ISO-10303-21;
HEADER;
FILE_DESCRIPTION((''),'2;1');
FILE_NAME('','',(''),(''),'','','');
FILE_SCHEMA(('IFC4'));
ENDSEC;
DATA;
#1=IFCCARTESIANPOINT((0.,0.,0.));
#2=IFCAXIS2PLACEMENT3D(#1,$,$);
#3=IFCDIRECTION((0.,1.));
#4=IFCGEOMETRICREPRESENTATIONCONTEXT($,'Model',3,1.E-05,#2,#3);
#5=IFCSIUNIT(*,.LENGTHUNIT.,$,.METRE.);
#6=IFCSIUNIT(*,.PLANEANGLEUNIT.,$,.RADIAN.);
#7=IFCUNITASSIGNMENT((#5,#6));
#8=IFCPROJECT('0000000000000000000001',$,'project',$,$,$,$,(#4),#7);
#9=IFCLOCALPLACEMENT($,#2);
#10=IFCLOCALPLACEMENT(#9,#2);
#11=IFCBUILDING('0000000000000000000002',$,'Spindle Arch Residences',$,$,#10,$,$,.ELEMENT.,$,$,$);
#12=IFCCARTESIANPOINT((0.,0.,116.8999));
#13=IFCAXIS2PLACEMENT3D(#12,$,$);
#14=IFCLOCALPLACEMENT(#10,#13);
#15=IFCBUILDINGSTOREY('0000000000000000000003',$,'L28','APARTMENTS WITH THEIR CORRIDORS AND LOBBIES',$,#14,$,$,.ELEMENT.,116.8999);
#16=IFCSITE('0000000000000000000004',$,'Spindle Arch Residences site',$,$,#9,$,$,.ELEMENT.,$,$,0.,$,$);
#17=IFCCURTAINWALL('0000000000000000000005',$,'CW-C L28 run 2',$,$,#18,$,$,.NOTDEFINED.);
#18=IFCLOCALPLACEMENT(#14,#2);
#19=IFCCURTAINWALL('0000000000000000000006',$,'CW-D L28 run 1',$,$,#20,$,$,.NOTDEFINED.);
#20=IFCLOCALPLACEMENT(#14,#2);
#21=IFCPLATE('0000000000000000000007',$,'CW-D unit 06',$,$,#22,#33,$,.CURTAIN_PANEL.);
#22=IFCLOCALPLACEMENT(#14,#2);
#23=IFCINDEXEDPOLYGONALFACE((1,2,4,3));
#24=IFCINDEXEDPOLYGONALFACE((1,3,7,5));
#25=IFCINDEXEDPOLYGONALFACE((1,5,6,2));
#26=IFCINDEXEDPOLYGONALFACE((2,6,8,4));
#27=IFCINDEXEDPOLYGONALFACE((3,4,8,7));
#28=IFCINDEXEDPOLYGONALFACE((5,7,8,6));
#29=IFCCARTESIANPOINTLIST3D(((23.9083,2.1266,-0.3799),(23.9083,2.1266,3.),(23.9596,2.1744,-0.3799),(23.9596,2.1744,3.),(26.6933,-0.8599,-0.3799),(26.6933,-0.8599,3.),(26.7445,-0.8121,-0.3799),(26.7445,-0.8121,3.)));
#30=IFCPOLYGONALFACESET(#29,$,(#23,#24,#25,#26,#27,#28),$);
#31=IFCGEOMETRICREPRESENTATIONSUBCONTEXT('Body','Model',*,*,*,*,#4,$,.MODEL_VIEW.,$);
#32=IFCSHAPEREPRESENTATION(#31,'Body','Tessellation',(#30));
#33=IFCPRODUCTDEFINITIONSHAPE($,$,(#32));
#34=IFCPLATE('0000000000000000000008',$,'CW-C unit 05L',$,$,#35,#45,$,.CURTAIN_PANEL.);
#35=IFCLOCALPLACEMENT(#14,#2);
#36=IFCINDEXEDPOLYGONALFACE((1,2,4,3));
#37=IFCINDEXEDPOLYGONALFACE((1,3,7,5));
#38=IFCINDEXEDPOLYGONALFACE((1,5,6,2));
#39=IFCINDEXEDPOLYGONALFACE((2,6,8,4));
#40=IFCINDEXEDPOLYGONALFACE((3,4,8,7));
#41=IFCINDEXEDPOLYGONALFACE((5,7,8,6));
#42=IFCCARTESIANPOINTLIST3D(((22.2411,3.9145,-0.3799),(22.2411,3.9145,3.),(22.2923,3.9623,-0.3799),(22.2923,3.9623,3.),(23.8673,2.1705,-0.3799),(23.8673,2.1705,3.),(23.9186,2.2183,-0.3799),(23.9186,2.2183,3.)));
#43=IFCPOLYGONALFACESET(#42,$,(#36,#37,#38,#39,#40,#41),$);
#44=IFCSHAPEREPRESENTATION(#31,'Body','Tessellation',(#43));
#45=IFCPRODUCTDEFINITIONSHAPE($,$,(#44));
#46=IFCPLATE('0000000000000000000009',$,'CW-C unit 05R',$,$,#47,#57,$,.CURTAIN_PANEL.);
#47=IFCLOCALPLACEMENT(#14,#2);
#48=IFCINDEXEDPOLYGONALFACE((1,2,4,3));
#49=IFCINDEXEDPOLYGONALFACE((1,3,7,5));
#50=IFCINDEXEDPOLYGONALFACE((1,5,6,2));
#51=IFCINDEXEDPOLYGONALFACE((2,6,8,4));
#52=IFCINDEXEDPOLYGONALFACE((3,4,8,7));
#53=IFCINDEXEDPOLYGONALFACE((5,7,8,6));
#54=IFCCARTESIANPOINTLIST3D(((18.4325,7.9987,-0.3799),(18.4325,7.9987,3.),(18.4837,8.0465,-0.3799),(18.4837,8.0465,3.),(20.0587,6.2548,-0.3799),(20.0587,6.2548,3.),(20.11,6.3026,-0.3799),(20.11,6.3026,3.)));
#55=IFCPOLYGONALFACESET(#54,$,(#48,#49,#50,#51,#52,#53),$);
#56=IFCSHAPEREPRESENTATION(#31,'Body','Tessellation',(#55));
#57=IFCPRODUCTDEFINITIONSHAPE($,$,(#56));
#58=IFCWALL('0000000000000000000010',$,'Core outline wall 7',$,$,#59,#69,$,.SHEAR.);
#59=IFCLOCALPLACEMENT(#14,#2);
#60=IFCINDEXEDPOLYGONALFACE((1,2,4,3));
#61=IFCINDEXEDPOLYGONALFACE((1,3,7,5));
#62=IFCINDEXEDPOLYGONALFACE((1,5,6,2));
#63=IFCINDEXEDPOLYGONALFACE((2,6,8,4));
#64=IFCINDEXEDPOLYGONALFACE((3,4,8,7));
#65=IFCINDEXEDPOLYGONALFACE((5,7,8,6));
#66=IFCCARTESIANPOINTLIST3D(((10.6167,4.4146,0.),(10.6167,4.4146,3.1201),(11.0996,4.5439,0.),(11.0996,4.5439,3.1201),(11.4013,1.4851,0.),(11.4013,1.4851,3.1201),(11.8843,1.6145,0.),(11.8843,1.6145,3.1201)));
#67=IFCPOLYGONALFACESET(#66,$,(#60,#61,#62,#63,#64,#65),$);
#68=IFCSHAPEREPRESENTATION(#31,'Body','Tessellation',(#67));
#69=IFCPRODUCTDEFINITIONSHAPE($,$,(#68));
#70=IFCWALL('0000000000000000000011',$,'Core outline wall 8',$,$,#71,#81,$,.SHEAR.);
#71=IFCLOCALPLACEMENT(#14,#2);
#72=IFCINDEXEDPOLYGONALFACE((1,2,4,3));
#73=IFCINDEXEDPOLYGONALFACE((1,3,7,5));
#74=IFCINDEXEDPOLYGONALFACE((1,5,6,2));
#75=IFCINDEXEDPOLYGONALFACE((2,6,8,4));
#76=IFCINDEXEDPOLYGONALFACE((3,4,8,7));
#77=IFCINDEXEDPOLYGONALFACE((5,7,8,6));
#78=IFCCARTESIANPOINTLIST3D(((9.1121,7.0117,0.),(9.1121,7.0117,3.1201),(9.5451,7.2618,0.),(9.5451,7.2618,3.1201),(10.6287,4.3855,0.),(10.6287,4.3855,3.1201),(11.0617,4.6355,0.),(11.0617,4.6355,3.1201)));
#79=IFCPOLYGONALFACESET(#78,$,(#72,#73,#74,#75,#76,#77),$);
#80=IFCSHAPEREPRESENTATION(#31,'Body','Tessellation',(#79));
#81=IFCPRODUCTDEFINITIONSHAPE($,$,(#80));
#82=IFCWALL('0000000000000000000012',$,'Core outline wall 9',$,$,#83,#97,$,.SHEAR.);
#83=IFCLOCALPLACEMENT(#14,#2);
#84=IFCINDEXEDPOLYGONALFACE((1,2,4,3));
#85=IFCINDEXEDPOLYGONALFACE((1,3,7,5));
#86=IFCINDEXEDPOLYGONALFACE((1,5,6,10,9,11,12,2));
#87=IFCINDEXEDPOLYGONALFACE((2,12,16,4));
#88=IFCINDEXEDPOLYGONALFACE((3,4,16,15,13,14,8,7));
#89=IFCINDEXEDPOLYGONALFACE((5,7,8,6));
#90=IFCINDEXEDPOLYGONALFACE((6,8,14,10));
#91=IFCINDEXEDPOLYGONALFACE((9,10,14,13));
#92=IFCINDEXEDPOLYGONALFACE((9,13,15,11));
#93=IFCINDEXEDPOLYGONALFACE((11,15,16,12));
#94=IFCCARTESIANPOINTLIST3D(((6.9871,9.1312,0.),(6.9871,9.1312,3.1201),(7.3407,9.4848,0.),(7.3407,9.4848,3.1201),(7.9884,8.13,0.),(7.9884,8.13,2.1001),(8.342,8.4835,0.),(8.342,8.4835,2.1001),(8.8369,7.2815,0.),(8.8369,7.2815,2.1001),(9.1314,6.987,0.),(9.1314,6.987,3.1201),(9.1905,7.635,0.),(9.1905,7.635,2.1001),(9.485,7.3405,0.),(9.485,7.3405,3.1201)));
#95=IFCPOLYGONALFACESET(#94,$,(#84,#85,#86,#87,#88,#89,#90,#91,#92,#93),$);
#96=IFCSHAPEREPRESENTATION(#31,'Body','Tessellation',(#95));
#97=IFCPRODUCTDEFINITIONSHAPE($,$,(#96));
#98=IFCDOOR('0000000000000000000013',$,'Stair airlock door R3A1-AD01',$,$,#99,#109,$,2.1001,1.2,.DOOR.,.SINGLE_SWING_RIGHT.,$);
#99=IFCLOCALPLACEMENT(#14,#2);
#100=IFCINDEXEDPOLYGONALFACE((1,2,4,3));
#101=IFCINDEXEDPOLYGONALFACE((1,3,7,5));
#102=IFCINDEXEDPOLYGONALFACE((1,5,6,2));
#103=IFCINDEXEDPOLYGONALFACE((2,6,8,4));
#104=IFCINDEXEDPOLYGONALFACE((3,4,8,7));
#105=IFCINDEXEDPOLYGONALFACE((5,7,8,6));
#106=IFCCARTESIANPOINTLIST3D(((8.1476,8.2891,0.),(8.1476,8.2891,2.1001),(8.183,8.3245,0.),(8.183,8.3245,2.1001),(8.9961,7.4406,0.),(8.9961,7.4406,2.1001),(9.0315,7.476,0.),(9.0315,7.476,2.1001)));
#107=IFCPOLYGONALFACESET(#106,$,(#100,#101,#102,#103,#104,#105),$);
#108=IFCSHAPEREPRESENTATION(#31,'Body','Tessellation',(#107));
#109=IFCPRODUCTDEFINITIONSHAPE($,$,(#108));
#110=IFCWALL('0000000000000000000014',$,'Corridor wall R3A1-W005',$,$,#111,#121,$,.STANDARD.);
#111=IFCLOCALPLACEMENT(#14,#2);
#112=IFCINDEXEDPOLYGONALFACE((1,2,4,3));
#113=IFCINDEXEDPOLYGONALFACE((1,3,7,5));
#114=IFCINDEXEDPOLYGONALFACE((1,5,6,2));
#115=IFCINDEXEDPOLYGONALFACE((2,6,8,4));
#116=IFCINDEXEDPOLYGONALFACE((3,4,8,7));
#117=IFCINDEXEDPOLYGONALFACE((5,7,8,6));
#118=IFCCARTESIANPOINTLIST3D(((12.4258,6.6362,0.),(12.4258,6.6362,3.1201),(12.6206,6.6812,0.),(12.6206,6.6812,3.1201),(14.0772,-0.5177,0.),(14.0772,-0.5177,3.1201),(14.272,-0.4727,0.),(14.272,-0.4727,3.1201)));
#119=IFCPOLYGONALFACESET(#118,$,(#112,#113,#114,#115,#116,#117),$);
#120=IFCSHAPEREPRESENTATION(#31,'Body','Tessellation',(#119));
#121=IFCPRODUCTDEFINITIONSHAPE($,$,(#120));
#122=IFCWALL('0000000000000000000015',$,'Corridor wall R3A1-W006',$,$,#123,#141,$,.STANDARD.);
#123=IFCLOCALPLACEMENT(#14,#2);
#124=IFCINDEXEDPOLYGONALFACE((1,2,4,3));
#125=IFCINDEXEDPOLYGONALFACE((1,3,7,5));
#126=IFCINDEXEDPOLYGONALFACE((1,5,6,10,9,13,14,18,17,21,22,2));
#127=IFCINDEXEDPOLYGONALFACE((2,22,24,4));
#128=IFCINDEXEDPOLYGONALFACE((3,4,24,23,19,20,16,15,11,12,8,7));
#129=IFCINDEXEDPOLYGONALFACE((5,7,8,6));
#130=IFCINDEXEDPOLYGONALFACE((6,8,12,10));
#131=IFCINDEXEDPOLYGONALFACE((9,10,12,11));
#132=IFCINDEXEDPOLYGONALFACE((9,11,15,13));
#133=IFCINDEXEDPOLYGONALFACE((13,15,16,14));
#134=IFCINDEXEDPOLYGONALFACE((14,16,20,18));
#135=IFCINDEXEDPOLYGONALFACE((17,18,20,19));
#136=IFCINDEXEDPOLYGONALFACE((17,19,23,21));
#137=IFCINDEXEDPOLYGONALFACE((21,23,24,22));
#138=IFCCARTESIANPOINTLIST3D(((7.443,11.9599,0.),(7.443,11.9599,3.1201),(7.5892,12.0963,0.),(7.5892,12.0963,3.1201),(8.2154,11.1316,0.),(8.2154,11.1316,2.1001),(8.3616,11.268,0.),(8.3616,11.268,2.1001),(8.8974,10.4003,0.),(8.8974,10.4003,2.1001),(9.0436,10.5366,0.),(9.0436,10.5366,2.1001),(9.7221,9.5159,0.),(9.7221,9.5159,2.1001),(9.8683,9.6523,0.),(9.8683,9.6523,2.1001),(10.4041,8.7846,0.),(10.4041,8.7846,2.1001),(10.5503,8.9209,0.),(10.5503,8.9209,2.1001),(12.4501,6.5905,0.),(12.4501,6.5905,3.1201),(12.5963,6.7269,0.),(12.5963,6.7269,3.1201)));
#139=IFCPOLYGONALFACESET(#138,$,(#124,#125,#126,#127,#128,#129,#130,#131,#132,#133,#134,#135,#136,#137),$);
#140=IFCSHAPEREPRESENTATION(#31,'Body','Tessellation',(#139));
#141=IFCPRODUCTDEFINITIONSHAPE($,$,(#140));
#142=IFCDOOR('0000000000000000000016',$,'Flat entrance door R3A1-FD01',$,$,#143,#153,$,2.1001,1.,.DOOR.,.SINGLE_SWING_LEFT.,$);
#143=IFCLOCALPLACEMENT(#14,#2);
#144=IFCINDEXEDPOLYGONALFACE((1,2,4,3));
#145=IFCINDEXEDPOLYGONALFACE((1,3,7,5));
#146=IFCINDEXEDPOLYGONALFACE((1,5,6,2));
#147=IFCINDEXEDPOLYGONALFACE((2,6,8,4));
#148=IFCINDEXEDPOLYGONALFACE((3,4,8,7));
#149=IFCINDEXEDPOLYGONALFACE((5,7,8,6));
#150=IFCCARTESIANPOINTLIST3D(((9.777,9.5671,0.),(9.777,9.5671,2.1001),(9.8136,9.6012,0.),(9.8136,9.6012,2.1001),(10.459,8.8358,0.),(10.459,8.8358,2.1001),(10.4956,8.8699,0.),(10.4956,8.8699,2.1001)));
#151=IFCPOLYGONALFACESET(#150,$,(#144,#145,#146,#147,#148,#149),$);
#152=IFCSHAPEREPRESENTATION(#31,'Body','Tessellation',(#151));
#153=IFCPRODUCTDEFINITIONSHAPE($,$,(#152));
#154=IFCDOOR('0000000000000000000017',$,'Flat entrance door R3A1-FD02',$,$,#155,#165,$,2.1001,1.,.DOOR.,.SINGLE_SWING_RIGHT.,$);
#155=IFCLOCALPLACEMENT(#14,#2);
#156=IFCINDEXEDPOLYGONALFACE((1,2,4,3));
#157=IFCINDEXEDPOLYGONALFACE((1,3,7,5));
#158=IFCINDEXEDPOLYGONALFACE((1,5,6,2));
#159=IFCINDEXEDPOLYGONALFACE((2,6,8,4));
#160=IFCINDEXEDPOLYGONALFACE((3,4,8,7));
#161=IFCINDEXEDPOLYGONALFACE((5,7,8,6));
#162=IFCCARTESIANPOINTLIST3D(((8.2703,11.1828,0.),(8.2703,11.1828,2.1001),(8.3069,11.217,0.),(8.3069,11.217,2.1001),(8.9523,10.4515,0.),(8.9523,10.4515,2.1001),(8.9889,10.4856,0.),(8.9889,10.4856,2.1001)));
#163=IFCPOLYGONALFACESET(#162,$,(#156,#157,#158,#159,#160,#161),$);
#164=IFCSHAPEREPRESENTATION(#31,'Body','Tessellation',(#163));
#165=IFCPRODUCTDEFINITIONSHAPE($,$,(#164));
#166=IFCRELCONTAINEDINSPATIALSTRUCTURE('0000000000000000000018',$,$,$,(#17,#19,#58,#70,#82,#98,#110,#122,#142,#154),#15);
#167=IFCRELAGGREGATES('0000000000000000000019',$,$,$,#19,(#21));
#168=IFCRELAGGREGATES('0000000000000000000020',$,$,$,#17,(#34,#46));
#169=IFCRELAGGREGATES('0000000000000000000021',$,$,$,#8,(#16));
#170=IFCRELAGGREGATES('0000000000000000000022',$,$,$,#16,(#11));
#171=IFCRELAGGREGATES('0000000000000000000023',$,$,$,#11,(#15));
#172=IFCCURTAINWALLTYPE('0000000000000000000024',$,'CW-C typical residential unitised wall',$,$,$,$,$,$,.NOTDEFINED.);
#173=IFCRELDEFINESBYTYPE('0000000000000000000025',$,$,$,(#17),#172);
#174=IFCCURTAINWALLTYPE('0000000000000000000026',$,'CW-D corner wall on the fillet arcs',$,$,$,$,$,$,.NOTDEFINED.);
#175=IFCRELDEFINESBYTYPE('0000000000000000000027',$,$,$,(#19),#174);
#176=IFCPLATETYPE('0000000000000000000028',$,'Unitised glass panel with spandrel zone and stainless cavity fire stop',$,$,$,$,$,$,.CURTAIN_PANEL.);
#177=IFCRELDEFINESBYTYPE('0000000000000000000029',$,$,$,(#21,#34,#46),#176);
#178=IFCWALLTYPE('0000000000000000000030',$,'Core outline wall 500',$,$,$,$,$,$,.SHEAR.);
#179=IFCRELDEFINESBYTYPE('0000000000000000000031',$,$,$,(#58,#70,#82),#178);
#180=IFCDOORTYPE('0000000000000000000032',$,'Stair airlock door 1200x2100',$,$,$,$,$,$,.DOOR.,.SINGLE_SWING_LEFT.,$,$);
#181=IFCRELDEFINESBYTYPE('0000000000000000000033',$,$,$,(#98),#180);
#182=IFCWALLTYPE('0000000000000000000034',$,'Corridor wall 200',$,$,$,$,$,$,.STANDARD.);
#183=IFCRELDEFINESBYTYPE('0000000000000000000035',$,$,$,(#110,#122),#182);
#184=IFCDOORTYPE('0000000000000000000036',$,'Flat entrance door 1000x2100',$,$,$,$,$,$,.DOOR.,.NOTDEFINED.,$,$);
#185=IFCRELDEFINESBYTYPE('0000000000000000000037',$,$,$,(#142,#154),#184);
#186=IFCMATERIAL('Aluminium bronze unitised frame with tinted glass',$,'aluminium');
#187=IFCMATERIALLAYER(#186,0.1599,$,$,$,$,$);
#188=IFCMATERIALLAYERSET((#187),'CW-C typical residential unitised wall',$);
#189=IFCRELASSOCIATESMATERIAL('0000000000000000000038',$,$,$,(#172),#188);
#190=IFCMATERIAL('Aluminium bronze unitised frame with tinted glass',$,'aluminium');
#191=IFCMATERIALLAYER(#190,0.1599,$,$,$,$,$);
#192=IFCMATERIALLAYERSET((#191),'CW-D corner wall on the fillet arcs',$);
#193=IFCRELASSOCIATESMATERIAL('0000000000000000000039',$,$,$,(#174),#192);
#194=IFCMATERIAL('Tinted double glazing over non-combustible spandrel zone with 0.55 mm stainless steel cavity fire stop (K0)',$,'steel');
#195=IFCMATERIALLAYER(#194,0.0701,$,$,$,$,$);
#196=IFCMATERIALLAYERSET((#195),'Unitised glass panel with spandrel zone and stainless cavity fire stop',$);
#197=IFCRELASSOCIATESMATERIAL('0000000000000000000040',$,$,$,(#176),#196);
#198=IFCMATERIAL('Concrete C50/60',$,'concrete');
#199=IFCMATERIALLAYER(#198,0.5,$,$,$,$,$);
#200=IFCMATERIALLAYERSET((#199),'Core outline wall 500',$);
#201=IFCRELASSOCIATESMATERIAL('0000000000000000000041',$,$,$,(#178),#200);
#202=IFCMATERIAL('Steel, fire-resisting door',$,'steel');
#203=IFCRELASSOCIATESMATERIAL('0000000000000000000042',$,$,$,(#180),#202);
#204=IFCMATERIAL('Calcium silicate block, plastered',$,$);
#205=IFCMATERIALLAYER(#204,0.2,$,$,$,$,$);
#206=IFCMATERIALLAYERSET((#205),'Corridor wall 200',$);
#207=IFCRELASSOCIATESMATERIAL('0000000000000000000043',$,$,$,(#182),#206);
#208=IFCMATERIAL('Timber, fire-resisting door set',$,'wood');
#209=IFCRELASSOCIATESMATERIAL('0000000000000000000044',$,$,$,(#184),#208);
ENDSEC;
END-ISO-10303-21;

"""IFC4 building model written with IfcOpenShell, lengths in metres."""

from ifc_helpers import new_model, si_unit, direction, frame, frame_2d, origin, origin_2d, place, context, subcontext, project, spatial, rectangle, extrude, material, layer, layer_set, type_object, element, fill, aggregate, save


model = new_model("IFC4")

# Units and contexts
model_context = context("Model", 3, precision=1e-05, world=origin(), true_north=direction((0.0, 1.0)))
body_context = subcontext(model_context, "Body", "Model", "MODEL_VIEW")
ifc_project = project(units=[si_unit("LENGTHUNIT", "METRE"), si_unit("PLANEANGLEUNIT", "RADIAN")], contexts=[model_context])

# Site, building, storey
site_placement = place(None, origin())
site = spatial("IfcSite", under=ifc_project, at=site_placement, Name="Spindle Arch Residences site", CompositionType="ELEMENT", RefElevation=0.0)
building_placement = place(site_placement, origin())
building = spatial("IfcBuilding", under=site, at=building_placement, Name="Spindle Arch Residences", CompositionType="ELEMENT")
storey_placement = place(building_placement, frame((0.0, 0.0, 116.8999)))
storey = spatial("IfcBuildingStorey", under=building, at=storey_placement, Name="L28", Description="APARTMENTS WITH THEIR CORRIDORS AND LOBBIES", CompositionType="ELEMENT", Elevation=116.8999)

# Curtain wall
ifc_material_1 = material(Name="Aluminium bronze unitised frame with tinted glass", Category="aluminium")
ifc_layer_1 = layer(ifc_material_1, 0.1599)
ifc_layer_set_1 = layer_set([ifc_layer_1], Name="CW-C typical residential unitised wall")
curtain_wall_type_1 = type_object("IfcCurtainWallType", Name="CW-C typical residential unitised wall", PredefinedType="NOTDEFINED", material=ifc_layer_set_1)
curtain_wall_1_placement = place(storey_placement, origin())
curtain_wall_1 = element("IfcCurtainWall", 1, at=curtain_wall_1_placement, inside=storey, type_object=curtain_wall_type_1, Name="CW-C L28 run 2", PredefinedType="NOTDEFINED")

# Curtain wall, plate
ifc_material_2 = material(Name="Aluminium bronze unitised frame with tinted glass", Category="aluminium")
ifc_layer_2 = layer(ifc_material_2, 0.1599)
ifc_layer_set_2 = layer_set([ifc_layer_2], Name="CW-D corner wall on the fillet arcs")
curtain_wall_type_2 = type_object("IfcCurtainWallType", Name="CW-D corner wall on the fillet arcs", PredefinedType="NOTDEFINED", material=ifc_layer_set_2)
curtain_wall_2_placement = place(storey_placement, origin())
curtain_wall_2 = element("IfcCurtainWall", 2, at=curtain_wall_2_placement, inside=storey, type_object=curtain_wall_type_2, Name="CW-D L28 run 1", PredefinedType="NOTDEFINED")
ifc_material_3 = material(Name="Tinted double glazing over non-combustible spandrel zone with 0.55 mm stainless steel cavity fire stop (K0)", Category="steel")
ifc_layer_3 = layer(ifc_material_3, 0.0701)
ifc_layer_set_3 = layer_set([ifc_layer_3], Name="Unitised glass panel with spandrel zone and stainless cavity fire stop")
plate_type = type_object("IfcPlateType", Name="Unitised glass panel with spandrel zone and stainless cavity fire stop", PredefinedType="CURTAIN_PANEL", material=ifc_layer_set_3)
plate_1_placement = place(storey_placement, frame((25.3264, 0.6572, -0.3799), z_axis=(0.0, 0.0, 1.0), x_axis=(-0.681998, 0.731354, 0.0)))
plate_1 = element("IfcPlate", 3, at=plate_1_placement, type_object=plate_type, Name="CW-D unit 06", PredefinedType="CURTAIN_PANEL", context=body_context, shape_type="SweptSolid", body=[
    extrude(rectangle(XDim=4.0835, YDim=0.0701, at=origin_2d()), origin(), (0.0, 0.0, 1.0), 3.3799),
])
aggregate(curtain_wall_2, [plate_1])

# Plates
plate_2_placement = place(storey_placement, frame((23.0798, 3.0664, -0.3799), z_axis=(0.0, 0.0, 1.0), x_axis=(-0.681998, 0.731354, 0.0)))
plate_2 = element("IfcPlate", 4, at=plate_2_placement, type_object=plate_type, Name="CW-C unit 05L", PredefinedType="CURTAIN_PANEL", context=body_context, shape_type="SweptSolid", body=[
    extrude(rectangle(XDim=2.3845, YDim=0.0701, at=origin_2d()), origin(), (0.0, 0.0, 1.0), 3.3799),
])
plate_3_placement = place(storey_placement, frame((19.2712, 7.1506, -0.3799), z_axis=(0.0, 0.0, 1.0), x_axis=(-0.681998, 0.731354, 0.0)))
plate_3 = element("IfcPlate", 5, at=plate_3_placement, type_object=plate_type, Name="CW-C unit 05R", PredefinedType="CURTAIN_PANEL", context=body_context, shape_type="SweptSolid", body=[
    extrude(rectangle(XDim=2.3845, YDim=0.0701, at=origin_2d()), origin(), (0.0, 0.0, 1.0), 3.3799),
])
aggregate(curtain_wall_1, [plate_2, plate_3])

# Walls
ifc_material_4 = material(Name="Concrete C50/60", Category="concrete")
ifc_layer_4 = layer(ifc_material_4, 0.5)
ifc_layer_set_4 = layer_set([ifc_layer_4], Name="Core outline wall 500")
wall_type_1 = type_object("IfcWallType", Name="Core outline wall 500", PredefinedType="SHEAR", material=ifc_layer_set_4)
for number, where, z_axis, x_axis, name in (
    (6, (11.6428, 1.5498, 0.0), (0.0, 0.0, 1.0), (-0.258735, 0.965948, 0.0), "Core outline wall 7"),
    (7, (10.8452, 4.5105, 0.0), (0.0, 0.0, 1.0), (-0.500087, 0.865975, 0.0), "Core outline wall 8"),
):
    element("IfcWall", number, at=place(storey_placement, frame(where, z_axis=z_axis, x_axis=x_axis)), inside=storey, type_object=wall_type_1, Name=name, PredefinedType="SHEAR", context=body_context, shape_type="SweptSolid", body=[
        extrude(rectangle(XDim=3.0327, YDim=0.5, at=frame_2d((1.5164, 0.0))), origin(), (0.0, 0.0, 1.0), 3.1201),
    ])

# Wall, opening, door
wall_1_placement = place(storey_placement, frame((9.3081, 7.1638, 0.0), z_axis=(0.0, 0.0, 1.0), x_axis=(-0.707107, 0.707107, 0.0)))
wall_1 = element("IfcWall", 8, at=wall_1_placement, inside=storey, type_object=wall_type_1, Name="Core outline wall 9", PredefinedType="SHEAR", context=body_context, shape_type="SweptSolid", body=[
    extrude(rectangle(XDim=3.0325, YDim=0.5, at=frame_2d((1.5161, 0.0))), origin(), (0.0, 0.0, 1.0), 3.1201),
])
opening_1_placement = place(wall_1_placement, frame((0.4163, 0.0, 0.0)))
opening_1 = element("IfcOpeningElement", 9, at=opening_1_placement, cuts=wall_1, PredefinedType="OPENING", context=body_context, shape_type="SweptSolid", body=[
    extrude(rectangle(XDim=1.2, YDim=2.1001, at=frame_2d((0.6001, 1.05))), frame((0.0, 0.26, 0.0), z_axis=(0.0, -1.0, 0.0), x_axis=(1.0, 0.0, 0.0)), (0.0, 0.0, 1.0), 0.52),
])
ifc_material_5 = material(Name="Steel, fire-resisting door", Category="steel")
door_type_1 = type_object("IfcDoorType", Name="Stair airlock door 1200x2100", OperationType="SINGLE_SWING_LEFT", PredefinedType="DOOR", material=ifc_material_5)
door_1_placement = place(opening_1_placement, origin())
door_1 = element("IfcDoor", 10, at=door_1_placement, inside=storey, type_object=door_type_1, Name="Stair airlock door R3A1-AD01", OperationType="SINGLE_SWING_RIGHT", OverallHeight=2.1001, OverallWidth=1.2, PredefinedType="DOOR", context=body_context, shape_type="SweptSolid", body=[
    extrude(rectangle(XDim=1.2, YDim=2.1001, at=frame_2d((0.6001, 1.05))), frame((0.0, 0.0249, 0.0), z_axis=(0.0, -1.0, 0.0), x_axis=(1.0, 0.0, 0.0)), (0.0, 0.0, 1.0), 0.05),
])
fill(opening_1, door_1)

# Wall
ifc_material_6 = material(Name="Calcium silicate block, plastered")
ifc_layer_5 = layer(ifc_material_6, 0.2)
ifc_layer_set_5 = layer_set([ifc_layer_5], Name="Corridor wall 200")
wall_type_2 = type_object("IfcWallType", Name="Corridor wall 200", PredefinedType="STANDARD", material=ifc_layer_set_5)
wall_2_placement = place(storey_placement, frame((14.1746, -0.4951, 0.0), z_axis=(0.0, 0.0, 1.0), x_axis=(-0.224923, 0.974377, 0.0)))
element("IfcWall", 11, at=wall_2_placement, inside=storey, type_object=wall_type_2, Name="Corridor wall R3A1-W005", PredefinedType="STANDARD", context=body_context, shape_type="SweptSolid", body=[
    extrude(rectangle(XDim=7.342, YDim=0.2, at=frame_2d((3.6709, 0.0))), origin(), (0.0, 0.0, 1.0), 3.1201),
])

# Wall, openings, doors
wall_3_placement = place(storey_placement, frame((12.5232, 6.6587, 0.0), z_axis=(0.0, 0.0, 1.0), x_axis=(-0.682002, 0.73135, 0.0)))
wall_3 = element("IfcWall", 12, at=wall_3_placement, inside=storey, type_object=wall_type_2, Name="Corridor wall R3A1-W006", PredefinedType="STANDARD", context=body_context, shape_type="SweptSolid", body=[
    extrude(rectangle(XDim=7.3418, YDim=0.2, at=frame_2d((3.6709, 0.0))), origin(), (0.0, 0.0, 1.0), 3.1201),
])
opening_2_placement = place(wall_3_placement, frame((3.0, 0.0, 0.0)))
opening_2 = element("IfcOpeningElement", 13, at=opening_2_placement, cuts=wall_3, PredefinedType="OPENING", context=body_context, shape_type="SweptSolid", body=[
    extrude(rectangle(XDim=1.0, YDim=2.1001, at=frame_2d((0.5, 1.05))), frame((0.0, 0.1099, 0.0), z_axis=(0.0, -1.0, 0.0), x_axis=(1.0, 0.0, 0.0)), (0.0, 0.0, 1.0), 0.22),
])
opening_3_placement = place(wall_3_placement, frame((5.2092, 0.0, 0.0)))
opening_3 = element("IfcOpeningElement", 14, at=opening_3_placement, cuts=wall_3, PredefinedType="OPENING", context=body_context, shape_type="SweptSolid", body=[
    extrude(rectangle(XDim=1.0, YDim=2.1001, at=frame_2d((0.5, 1.05))), frame((0.0, 0.1099, 0.0), z_axis=(0.0, -1.0, 0.0), x_axis=(1.0, 0.0, 0.0)), (0.0, 0.0, 1.0), 0.22),
])
ifc_material_7 = material(Name="Timber, fire-resisting door set", Category="wood")
door_type_2 = type_object("IfcDoorType", Name="Flat entrance door 1000x2100", OperationType="NOTDEFINED", PredefinedType="DOOR", material=ifc_material_7)
door_2_placement = place(opening_2_placement, origin())
door_2 = element("IfcDoor", 15, at=door_2_placement, inside=storey, type_object=door_type_2, Name="Flat entrance door R3A1-FD01", OperationType="SINGLE_SWING_LEFT", OverallHeight=2.1001, OverallWidth=1.0, PredefinedType="DOOR", context=body_context, shape_type="SweptSolid", body=[
    extrude(rectangle(XDim=1.0, YDim=2.1001, at=frame_2d((0.5, 1.05))), frame((0.0, 0.0249, 0.0), z_axis=(0.0, -1.0, 0.0), x_axis=(1.0, 0.0, 0.0)), (0.0, 0.0, 1.0), 0.05),
])
fill(opening_2, door_2)
door_3_placement = place(opening_3_placement, origin())
door_3 = element("IfcDoor", 16, at=door_3_placement, inside=storey, type_object=door_type_2, Name="Flat entrance door R3A1-FD02", OperationType="SINGLE_SWING_RIGHT", OverallHeight=2.1001, OverallWidth=1.0, PredefinedType="DOOR", context=body_context, shape_type="SweptSolid", body=[
    extrude(rectangle(XDim=1.0, YDim=2.1001, at=frame_2d((0.5, 1.05))), frame((0.0, 0.0249, 0.0), z_axis=(0.0, -1.0, 0.0), x_axis=(1.0, 0.0, 0.0)), (0.0, 0.0, 1.0), 0.05),
])
fill(opening_3, door_3)

save(model, "model.ifc")
